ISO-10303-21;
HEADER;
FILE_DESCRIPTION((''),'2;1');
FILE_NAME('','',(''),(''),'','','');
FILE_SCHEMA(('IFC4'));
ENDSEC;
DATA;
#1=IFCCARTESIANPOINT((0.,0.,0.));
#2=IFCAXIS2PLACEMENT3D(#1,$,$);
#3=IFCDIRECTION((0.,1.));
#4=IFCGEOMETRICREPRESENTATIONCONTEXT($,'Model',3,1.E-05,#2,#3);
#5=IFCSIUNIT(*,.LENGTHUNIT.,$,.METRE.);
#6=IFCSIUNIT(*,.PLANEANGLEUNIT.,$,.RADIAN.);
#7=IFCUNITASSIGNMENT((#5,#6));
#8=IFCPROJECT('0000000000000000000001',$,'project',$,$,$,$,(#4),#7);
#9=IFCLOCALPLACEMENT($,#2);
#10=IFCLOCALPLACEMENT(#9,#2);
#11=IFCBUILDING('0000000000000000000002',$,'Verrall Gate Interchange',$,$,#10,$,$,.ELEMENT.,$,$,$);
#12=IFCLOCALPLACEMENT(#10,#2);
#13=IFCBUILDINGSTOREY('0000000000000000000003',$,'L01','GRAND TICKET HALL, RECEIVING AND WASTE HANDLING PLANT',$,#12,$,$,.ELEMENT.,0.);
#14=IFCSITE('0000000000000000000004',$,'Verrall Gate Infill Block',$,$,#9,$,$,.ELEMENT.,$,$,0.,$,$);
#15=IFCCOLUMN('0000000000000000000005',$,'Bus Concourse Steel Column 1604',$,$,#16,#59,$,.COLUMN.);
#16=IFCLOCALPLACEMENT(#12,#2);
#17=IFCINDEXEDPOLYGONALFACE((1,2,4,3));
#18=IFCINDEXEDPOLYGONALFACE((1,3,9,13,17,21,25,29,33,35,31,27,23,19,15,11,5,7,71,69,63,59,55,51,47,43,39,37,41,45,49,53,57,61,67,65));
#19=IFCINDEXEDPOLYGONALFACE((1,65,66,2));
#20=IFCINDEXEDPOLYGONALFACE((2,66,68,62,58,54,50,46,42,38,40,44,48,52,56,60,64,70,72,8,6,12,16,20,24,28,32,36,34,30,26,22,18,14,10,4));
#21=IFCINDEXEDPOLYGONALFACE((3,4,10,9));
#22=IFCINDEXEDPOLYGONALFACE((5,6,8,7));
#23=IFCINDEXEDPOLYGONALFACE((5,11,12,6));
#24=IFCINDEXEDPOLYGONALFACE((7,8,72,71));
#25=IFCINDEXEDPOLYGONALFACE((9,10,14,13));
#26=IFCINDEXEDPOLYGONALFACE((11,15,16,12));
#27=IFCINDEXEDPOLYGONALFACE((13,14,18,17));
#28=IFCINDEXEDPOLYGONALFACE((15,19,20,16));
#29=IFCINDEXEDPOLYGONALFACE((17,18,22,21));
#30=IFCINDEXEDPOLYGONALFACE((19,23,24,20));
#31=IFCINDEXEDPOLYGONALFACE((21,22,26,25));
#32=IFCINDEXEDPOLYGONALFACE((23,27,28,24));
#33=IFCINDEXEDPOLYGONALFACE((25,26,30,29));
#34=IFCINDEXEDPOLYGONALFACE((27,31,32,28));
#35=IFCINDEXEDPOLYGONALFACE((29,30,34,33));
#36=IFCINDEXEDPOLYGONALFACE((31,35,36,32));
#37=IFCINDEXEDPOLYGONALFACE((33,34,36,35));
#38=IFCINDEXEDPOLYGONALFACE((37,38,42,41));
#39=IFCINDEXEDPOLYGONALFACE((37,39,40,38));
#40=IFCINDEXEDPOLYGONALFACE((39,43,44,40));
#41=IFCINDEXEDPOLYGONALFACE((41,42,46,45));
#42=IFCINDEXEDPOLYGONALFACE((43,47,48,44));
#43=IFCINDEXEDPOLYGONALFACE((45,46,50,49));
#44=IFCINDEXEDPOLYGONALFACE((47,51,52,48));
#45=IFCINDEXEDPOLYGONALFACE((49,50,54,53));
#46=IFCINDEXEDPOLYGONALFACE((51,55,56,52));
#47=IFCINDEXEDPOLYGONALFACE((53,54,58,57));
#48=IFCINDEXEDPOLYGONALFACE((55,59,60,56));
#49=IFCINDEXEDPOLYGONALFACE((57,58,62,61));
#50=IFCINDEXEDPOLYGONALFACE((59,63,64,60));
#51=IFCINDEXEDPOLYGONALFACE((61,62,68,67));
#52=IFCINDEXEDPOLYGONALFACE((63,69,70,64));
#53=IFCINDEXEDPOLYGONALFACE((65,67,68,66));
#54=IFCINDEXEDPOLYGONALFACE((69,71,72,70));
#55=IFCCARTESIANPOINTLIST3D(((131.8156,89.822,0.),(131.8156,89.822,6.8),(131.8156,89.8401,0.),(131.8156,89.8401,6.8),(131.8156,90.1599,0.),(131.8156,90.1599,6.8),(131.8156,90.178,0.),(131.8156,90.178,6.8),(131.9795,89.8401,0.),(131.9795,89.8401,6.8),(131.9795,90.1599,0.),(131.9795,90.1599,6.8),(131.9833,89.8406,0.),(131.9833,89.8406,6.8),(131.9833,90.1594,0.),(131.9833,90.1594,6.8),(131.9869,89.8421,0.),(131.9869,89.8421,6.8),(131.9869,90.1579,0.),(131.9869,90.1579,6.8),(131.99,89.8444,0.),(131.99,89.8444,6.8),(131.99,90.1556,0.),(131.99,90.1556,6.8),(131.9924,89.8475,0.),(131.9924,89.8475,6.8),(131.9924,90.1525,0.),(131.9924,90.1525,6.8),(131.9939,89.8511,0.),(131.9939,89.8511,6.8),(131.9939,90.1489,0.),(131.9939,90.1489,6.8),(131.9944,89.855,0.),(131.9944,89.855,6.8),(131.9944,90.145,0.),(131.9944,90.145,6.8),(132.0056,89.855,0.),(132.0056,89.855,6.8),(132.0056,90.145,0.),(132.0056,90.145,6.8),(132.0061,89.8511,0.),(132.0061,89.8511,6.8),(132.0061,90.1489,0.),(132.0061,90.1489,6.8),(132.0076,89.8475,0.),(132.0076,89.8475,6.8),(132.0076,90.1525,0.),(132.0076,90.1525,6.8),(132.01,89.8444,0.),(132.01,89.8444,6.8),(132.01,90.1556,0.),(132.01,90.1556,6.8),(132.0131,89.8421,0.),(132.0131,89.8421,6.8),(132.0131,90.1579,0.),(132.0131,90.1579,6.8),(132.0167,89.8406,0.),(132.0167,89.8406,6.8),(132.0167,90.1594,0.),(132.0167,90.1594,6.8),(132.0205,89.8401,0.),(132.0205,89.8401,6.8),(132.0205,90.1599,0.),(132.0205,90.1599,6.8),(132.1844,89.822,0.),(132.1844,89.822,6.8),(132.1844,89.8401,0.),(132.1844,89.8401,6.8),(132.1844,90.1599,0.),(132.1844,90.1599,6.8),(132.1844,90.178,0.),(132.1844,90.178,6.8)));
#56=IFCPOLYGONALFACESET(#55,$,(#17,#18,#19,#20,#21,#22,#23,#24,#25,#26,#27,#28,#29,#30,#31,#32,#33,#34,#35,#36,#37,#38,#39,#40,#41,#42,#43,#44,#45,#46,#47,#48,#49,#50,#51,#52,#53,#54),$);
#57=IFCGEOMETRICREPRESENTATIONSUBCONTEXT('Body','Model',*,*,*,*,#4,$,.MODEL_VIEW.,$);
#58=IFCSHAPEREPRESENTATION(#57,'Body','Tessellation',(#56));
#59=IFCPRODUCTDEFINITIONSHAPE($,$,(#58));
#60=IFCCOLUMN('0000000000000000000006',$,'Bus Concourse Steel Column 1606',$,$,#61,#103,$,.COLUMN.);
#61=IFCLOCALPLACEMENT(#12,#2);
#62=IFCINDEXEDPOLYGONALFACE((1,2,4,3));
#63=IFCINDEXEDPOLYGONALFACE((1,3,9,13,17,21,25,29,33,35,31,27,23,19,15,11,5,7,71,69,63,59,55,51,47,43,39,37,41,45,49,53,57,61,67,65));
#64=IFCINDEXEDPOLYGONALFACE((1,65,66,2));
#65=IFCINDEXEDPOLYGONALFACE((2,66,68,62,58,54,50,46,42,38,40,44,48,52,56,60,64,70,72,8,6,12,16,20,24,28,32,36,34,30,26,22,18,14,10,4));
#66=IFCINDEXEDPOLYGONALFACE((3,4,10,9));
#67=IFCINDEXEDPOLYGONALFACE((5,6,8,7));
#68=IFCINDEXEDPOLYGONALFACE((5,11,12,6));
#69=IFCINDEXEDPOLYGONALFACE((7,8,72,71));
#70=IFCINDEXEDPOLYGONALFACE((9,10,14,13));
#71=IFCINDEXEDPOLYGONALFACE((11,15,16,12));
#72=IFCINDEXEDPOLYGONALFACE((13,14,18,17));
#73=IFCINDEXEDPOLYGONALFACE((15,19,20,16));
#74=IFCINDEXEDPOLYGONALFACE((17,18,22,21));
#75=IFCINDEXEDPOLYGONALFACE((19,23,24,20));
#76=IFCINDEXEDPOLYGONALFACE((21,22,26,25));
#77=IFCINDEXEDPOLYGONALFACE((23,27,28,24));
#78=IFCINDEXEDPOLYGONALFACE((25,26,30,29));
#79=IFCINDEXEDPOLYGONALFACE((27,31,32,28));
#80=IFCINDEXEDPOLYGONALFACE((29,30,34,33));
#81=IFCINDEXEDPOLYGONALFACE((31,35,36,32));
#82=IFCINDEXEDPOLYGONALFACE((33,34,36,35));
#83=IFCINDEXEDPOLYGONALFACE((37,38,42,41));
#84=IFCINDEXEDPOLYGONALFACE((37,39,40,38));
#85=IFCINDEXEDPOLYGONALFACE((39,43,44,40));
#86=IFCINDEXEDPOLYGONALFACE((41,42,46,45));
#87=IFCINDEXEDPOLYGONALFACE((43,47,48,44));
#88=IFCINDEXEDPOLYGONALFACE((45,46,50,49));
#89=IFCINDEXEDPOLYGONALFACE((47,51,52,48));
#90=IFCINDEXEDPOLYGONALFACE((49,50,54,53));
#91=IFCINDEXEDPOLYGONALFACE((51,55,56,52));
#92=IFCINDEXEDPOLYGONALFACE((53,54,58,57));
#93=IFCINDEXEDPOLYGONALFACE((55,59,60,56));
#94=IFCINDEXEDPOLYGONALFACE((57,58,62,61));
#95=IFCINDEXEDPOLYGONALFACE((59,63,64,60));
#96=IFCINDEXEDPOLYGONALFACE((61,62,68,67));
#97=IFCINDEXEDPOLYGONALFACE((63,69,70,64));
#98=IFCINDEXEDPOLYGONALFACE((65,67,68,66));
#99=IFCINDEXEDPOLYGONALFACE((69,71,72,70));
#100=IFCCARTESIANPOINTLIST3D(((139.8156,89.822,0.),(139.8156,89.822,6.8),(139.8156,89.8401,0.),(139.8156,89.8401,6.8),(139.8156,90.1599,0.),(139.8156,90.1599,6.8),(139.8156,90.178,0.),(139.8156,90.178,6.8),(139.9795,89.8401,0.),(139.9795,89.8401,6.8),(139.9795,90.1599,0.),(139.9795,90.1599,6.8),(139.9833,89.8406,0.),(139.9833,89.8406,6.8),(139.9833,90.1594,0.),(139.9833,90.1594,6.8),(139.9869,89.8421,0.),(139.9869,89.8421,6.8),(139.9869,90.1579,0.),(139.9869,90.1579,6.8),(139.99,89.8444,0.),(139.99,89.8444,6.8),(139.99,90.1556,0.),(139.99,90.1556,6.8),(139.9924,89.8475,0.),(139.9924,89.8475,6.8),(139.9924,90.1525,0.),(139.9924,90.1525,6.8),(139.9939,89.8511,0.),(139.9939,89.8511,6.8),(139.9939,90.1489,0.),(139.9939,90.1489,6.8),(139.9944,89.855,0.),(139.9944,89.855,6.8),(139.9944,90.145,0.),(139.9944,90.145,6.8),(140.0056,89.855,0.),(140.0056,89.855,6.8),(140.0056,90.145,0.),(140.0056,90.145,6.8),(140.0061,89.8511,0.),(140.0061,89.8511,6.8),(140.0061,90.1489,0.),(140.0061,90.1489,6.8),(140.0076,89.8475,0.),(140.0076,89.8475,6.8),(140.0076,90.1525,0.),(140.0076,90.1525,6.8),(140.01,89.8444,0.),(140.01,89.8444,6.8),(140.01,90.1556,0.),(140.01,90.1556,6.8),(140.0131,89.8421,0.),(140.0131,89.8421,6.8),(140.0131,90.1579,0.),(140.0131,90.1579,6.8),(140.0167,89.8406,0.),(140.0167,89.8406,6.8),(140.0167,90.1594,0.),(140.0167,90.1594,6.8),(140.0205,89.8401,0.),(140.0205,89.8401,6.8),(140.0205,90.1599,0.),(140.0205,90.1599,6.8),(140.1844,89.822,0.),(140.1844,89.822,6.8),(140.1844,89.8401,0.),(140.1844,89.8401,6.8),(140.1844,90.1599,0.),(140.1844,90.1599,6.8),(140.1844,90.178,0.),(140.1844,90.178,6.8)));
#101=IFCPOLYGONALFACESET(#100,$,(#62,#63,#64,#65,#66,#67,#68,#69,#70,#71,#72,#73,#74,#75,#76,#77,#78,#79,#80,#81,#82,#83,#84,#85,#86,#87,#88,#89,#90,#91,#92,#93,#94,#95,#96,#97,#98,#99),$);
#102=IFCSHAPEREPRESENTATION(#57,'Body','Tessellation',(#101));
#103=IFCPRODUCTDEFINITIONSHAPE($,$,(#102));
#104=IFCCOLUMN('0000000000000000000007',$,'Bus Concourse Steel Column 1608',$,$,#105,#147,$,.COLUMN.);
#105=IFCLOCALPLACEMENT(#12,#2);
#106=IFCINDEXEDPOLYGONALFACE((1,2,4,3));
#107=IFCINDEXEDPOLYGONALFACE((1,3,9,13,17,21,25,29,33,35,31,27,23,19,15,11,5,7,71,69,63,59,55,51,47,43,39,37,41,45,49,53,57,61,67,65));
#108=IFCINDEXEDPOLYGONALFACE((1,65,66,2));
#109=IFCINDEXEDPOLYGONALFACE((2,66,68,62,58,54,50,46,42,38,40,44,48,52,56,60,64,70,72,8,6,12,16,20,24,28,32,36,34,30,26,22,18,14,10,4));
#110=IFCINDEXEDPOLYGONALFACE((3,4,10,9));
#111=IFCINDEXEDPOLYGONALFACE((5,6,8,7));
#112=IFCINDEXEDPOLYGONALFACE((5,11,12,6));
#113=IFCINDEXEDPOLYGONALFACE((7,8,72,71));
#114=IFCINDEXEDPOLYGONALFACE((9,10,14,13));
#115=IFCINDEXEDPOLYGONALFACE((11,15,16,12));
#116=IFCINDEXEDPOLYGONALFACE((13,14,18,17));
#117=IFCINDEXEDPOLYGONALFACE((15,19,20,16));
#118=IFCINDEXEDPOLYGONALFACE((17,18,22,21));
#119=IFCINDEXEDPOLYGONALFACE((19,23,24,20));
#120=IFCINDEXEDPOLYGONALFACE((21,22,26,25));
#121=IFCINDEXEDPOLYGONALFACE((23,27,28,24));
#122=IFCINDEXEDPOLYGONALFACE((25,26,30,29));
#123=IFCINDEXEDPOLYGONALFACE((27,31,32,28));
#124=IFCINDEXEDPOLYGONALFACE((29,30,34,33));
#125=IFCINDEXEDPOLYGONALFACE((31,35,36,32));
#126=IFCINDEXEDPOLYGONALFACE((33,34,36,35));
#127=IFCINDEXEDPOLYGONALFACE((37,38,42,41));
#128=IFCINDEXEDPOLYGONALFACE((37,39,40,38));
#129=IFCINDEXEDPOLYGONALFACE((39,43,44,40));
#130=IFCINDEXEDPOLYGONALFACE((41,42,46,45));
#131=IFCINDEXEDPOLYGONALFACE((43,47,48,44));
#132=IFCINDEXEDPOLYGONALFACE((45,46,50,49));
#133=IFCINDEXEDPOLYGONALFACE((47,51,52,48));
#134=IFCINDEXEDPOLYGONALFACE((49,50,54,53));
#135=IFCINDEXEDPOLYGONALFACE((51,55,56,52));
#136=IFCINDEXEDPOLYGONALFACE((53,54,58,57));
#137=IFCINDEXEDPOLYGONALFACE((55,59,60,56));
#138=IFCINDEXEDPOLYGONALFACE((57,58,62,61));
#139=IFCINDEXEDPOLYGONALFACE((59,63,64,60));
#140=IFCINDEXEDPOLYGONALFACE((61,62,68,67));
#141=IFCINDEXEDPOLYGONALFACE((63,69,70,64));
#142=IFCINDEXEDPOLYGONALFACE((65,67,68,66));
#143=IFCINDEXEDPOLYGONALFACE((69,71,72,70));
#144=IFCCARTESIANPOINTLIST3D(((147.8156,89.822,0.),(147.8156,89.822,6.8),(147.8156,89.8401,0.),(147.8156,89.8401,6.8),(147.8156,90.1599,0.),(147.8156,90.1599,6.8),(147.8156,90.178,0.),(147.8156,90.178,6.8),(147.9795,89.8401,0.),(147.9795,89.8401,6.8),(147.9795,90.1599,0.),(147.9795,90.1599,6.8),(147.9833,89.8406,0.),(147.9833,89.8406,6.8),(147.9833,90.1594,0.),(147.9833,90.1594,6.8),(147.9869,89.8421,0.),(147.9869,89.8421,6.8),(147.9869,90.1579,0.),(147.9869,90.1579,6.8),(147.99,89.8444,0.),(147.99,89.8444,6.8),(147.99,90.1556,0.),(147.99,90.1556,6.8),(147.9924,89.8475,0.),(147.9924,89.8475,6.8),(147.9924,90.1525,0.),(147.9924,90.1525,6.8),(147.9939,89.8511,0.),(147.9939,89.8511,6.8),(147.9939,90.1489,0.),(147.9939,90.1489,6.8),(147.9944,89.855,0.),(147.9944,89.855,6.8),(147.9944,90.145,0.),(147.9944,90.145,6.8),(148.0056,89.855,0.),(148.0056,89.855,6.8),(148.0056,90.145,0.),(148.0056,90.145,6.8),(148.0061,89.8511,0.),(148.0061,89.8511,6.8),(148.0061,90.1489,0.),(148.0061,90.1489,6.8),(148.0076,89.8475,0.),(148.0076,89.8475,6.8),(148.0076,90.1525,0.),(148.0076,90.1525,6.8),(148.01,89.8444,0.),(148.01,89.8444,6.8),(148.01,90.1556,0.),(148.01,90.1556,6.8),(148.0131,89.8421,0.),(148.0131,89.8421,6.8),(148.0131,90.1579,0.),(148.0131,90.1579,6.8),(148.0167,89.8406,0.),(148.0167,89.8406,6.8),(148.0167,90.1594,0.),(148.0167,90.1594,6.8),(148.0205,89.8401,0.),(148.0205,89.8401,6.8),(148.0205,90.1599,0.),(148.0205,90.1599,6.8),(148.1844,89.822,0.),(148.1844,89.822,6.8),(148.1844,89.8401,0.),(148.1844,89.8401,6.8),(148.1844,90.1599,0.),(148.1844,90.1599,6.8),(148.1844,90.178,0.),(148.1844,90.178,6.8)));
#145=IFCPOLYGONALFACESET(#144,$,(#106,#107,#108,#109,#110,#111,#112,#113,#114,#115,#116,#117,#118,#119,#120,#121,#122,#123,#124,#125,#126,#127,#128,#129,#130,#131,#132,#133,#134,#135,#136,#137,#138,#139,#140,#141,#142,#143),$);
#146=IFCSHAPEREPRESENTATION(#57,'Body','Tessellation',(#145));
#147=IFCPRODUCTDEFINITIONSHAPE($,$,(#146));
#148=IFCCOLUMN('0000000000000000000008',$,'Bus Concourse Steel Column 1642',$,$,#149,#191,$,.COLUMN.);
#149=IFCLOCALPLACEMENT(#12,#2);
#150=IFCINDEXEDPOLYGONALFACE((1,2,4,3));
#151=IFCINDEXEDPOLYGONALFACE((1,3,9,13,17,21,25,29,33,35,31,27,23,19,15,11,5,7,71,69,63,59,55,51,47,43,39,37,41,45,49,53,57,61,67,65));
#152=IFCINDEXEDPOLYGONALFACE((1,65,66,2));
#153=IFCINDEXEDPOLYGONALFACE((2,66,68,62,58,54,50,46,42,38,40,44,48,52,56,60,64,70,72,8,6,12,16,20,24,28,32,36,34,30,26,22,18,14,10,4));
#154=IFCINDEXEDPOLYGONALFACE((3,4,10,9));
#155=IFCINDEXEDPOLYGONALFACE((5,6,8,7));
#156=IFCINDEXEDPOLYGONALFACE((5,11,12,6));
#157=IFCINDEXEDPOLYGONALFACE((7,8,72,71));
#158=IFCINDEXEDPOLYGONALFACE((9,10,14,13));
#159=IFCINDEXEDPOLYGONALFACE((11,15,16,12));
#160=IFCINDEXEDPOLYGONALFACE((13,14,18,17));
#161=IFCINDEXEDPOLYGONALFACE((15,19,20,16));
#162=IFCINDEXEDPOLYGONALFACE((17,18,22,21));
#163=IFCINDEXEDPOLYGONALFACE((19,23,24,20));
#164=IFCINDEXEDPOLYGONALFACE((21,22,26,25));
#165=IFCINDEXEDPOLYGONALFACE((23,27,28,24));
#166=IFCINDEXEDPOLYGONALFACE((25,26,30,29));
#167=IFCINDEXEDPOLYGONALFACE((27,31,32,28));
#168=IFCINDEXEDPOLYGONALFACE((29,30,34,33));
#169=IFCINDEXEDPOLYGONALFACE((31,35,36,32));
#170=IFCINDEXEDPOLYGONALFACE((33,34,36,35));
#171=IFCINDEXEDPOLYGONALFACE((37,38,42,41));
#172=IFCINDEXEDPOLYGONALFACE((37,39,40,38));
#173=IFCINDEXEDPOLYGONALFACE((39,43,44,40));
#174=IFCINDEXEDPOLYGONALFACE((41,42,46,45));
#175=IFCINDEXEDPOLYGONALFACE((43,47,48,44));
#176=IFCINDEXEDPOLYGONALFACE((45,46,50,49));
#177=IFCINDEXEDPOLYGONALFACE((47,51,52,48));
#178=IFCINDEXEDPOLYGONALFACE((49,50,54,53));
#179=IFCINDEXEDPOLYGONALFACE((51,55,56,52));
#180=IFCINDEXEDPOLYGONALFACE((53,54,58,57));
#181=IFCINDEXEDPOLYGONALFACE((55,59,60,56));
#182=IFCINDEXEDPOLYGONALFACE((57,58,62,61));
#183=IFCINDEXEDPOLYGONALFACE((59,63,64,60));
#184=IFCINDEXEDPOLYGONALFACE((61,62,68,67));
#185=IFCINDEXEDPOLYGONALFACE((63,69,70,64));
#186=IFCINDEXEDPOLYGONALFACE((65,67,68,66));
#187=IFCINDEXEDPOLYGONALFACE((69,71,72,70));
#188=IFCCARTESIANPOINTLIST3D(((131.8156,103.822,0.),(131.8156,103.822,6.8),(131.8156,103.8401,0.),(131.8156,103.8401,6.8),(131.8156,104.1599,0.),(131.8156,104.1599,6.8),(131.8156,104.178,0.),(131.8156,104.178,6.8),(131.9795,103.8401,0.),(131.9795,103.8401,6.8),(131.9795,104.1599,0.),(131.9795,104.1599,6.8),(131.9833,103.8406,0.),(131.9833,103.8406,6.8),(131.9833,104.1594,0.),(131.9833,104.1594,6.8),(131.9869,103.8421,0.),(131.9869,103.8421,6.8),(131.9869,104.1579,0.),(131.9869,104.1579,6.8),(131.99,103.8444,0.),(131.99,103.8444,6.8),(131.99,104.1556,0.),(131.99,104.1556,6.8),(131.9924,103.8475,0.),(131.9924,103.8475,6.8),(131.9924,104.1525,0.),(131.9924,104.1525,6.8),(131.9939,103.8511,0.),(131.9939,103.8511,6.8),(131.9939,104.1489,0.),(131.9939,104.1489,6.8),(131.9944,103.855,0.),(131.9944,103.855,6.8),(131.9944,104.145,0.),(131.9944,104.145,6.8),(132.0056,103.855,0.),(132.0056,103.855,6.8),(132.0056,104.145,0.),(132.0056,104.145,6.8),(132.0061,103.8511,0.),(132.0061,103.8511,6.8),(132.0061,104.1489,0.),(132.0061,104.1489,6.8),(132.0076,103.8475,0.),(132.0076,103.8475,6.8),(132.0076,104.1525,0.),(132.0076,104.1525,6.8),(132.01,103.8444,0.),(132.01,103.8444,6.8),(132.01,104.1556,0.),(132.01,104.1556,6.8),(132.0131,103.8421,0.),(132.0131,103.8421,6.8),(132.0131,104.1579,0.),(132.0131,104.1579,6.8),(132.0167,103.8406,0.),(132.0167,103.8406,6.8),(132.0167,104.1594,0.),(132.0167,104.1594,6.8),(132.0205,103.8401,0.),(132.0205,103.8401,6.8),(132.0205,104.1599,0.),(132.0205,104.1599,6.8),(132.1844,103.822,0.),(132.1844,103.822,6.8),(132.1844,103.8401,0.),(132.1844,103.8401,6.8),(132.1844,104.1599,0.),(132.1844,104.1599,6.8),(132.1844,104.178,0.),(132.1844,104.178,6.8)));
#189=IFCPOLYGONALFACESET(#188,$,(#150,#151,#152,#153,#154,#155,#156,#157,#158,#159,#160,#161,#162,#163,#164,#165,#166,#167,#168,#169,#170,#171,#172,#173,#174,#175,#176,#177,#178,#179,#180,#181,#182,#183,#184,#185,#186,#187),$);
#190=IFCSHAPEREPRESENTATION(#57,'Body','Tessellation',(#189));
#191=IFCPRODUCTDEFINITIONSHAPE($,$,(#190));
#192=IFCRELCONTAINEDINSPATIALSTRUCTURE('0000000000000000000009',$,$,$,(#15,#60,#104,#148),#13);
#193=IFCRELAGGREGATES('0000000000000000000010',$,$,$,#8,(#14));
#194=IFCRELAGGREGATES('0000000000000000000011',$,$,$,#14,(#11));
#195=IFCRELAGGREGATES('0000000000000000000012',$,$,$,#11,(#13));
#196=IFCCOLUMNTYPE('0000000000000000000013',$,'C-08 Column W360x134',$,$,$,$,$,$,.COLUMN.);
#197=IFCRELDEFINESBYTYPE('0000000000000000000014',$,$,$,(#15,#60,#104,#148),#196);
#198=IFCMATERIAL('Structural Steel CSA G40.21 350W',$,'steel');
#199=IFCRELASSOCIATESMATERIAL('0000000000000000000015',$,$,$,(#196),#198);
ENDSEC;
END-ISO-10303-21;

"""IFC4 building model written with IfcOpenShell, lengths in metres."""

from ifc_helpers import new_model, si_unit, direction, frame, origin, origin_2d, place, context, subcontext, project, spatial, i_section, extrude, material, material_profile, profile_set, type_object, element, save


model = new_model("IFC4")

# Units and contexts
model_context = context("Model", 3, precision=1e-05, world=origin(), true_north=direction((0.0, 1.0)))
body_context = subcontext(model_context, "Body", "Model", "MODEL_VIEW")
ifc_project = project(units=[si_unit("LENGTHUNIT", "METRE"), si_unit("PLANEANGLEUNIT", "RADIAN")], contexts=[model_context])

# Site, building, storey
site_placement = place(None, origin())
site = spatial("IfcSite", under=ifc_project, at=site_placement, Name="Verrall Gate Infill Block", CompositionType="ELEMENT", RefElevation=0.0)
building_placement = place(site_placement, origin())
building = spatial("IfcBuilding", under=site, at=building_placement, Name="Verrall Gate Interchange", CompositionType="ELEMENT")
storey_placement = place(building_placement, origin())
storey = spatial("IfcBuildingStorey", under=building, at=storey_placement, Name="L01", Description="GRAND TICKET HALL, RECEIVING AND WASTE HANDLING PLANT", CompositionType="ELEMENT", Elevation=0.0)

# Columns
ifc_material_1 = material(Name="Structural Steel CSA G40.21 350W", Category="steel")
ifc_material_profile_1 = material_profile(ifc_material_1, i_section(OverallWidth=0.3689, OverallDepth=0.356, WebThickness=0.0112, FlangeThickness=0.0181, FilletRadius=0.0149, at=origin_2d()), Name="W360x134")
ifc_profile_set_1 = profile_set([ifc_material_profile_1], Name="Structural Steel CSA G40.21 350W")
column_type = type_object("IfcColumnType", Name="C-08 Column W360x134", PredefinedType="COLUMN", material=ifc_profile_set_1)
for number, where, z_axis, x_axis, name in (
    (1, (132.0, 90.0, 0.0), (0.0, 0.0, 1.0), (1.0, 0.0, 0.0), "Bus Concourse Steel Column 1604"),
    (2, (140.0, 90.0, 0.0), (0.0, 0.0, 1.0), (1.0, 0.0, 0.0), "Bus Concourse Steel Column 1606"),
    (3, (148.0, 90.0, 0.0), (0.0, 0.0, 1.0), (1.0, 0.0, 0.0), "Bus Concourse Steel Column 1608"),
    (4, (132.0, 104.0, 0.0), (0.0, 0.0, 1.0), (1.0, 0.0, 0.0), "Bus Concourse Steel Column 1642"),
):
    element("IfcColumn", number, at=place(storey_placement, frame(where, z_axis=z_axis, x_axis=x_axis)), inside=storey, type_object=column_type, Name=name, PredefinedType="COLUMN", context=body_context, shape_type="SweptSolid", body=[
        extrude(i_section(OverallWidth=0.3689, OverallDepth=0.356, WebThickness=0.0112, FlangeThickness=0.0181, FilletRadius=0.0149, at=origin_2d()), origin(), (0.0, 0.0, 1.0), 6.8),
    ])

save(model, "model.ifc")
